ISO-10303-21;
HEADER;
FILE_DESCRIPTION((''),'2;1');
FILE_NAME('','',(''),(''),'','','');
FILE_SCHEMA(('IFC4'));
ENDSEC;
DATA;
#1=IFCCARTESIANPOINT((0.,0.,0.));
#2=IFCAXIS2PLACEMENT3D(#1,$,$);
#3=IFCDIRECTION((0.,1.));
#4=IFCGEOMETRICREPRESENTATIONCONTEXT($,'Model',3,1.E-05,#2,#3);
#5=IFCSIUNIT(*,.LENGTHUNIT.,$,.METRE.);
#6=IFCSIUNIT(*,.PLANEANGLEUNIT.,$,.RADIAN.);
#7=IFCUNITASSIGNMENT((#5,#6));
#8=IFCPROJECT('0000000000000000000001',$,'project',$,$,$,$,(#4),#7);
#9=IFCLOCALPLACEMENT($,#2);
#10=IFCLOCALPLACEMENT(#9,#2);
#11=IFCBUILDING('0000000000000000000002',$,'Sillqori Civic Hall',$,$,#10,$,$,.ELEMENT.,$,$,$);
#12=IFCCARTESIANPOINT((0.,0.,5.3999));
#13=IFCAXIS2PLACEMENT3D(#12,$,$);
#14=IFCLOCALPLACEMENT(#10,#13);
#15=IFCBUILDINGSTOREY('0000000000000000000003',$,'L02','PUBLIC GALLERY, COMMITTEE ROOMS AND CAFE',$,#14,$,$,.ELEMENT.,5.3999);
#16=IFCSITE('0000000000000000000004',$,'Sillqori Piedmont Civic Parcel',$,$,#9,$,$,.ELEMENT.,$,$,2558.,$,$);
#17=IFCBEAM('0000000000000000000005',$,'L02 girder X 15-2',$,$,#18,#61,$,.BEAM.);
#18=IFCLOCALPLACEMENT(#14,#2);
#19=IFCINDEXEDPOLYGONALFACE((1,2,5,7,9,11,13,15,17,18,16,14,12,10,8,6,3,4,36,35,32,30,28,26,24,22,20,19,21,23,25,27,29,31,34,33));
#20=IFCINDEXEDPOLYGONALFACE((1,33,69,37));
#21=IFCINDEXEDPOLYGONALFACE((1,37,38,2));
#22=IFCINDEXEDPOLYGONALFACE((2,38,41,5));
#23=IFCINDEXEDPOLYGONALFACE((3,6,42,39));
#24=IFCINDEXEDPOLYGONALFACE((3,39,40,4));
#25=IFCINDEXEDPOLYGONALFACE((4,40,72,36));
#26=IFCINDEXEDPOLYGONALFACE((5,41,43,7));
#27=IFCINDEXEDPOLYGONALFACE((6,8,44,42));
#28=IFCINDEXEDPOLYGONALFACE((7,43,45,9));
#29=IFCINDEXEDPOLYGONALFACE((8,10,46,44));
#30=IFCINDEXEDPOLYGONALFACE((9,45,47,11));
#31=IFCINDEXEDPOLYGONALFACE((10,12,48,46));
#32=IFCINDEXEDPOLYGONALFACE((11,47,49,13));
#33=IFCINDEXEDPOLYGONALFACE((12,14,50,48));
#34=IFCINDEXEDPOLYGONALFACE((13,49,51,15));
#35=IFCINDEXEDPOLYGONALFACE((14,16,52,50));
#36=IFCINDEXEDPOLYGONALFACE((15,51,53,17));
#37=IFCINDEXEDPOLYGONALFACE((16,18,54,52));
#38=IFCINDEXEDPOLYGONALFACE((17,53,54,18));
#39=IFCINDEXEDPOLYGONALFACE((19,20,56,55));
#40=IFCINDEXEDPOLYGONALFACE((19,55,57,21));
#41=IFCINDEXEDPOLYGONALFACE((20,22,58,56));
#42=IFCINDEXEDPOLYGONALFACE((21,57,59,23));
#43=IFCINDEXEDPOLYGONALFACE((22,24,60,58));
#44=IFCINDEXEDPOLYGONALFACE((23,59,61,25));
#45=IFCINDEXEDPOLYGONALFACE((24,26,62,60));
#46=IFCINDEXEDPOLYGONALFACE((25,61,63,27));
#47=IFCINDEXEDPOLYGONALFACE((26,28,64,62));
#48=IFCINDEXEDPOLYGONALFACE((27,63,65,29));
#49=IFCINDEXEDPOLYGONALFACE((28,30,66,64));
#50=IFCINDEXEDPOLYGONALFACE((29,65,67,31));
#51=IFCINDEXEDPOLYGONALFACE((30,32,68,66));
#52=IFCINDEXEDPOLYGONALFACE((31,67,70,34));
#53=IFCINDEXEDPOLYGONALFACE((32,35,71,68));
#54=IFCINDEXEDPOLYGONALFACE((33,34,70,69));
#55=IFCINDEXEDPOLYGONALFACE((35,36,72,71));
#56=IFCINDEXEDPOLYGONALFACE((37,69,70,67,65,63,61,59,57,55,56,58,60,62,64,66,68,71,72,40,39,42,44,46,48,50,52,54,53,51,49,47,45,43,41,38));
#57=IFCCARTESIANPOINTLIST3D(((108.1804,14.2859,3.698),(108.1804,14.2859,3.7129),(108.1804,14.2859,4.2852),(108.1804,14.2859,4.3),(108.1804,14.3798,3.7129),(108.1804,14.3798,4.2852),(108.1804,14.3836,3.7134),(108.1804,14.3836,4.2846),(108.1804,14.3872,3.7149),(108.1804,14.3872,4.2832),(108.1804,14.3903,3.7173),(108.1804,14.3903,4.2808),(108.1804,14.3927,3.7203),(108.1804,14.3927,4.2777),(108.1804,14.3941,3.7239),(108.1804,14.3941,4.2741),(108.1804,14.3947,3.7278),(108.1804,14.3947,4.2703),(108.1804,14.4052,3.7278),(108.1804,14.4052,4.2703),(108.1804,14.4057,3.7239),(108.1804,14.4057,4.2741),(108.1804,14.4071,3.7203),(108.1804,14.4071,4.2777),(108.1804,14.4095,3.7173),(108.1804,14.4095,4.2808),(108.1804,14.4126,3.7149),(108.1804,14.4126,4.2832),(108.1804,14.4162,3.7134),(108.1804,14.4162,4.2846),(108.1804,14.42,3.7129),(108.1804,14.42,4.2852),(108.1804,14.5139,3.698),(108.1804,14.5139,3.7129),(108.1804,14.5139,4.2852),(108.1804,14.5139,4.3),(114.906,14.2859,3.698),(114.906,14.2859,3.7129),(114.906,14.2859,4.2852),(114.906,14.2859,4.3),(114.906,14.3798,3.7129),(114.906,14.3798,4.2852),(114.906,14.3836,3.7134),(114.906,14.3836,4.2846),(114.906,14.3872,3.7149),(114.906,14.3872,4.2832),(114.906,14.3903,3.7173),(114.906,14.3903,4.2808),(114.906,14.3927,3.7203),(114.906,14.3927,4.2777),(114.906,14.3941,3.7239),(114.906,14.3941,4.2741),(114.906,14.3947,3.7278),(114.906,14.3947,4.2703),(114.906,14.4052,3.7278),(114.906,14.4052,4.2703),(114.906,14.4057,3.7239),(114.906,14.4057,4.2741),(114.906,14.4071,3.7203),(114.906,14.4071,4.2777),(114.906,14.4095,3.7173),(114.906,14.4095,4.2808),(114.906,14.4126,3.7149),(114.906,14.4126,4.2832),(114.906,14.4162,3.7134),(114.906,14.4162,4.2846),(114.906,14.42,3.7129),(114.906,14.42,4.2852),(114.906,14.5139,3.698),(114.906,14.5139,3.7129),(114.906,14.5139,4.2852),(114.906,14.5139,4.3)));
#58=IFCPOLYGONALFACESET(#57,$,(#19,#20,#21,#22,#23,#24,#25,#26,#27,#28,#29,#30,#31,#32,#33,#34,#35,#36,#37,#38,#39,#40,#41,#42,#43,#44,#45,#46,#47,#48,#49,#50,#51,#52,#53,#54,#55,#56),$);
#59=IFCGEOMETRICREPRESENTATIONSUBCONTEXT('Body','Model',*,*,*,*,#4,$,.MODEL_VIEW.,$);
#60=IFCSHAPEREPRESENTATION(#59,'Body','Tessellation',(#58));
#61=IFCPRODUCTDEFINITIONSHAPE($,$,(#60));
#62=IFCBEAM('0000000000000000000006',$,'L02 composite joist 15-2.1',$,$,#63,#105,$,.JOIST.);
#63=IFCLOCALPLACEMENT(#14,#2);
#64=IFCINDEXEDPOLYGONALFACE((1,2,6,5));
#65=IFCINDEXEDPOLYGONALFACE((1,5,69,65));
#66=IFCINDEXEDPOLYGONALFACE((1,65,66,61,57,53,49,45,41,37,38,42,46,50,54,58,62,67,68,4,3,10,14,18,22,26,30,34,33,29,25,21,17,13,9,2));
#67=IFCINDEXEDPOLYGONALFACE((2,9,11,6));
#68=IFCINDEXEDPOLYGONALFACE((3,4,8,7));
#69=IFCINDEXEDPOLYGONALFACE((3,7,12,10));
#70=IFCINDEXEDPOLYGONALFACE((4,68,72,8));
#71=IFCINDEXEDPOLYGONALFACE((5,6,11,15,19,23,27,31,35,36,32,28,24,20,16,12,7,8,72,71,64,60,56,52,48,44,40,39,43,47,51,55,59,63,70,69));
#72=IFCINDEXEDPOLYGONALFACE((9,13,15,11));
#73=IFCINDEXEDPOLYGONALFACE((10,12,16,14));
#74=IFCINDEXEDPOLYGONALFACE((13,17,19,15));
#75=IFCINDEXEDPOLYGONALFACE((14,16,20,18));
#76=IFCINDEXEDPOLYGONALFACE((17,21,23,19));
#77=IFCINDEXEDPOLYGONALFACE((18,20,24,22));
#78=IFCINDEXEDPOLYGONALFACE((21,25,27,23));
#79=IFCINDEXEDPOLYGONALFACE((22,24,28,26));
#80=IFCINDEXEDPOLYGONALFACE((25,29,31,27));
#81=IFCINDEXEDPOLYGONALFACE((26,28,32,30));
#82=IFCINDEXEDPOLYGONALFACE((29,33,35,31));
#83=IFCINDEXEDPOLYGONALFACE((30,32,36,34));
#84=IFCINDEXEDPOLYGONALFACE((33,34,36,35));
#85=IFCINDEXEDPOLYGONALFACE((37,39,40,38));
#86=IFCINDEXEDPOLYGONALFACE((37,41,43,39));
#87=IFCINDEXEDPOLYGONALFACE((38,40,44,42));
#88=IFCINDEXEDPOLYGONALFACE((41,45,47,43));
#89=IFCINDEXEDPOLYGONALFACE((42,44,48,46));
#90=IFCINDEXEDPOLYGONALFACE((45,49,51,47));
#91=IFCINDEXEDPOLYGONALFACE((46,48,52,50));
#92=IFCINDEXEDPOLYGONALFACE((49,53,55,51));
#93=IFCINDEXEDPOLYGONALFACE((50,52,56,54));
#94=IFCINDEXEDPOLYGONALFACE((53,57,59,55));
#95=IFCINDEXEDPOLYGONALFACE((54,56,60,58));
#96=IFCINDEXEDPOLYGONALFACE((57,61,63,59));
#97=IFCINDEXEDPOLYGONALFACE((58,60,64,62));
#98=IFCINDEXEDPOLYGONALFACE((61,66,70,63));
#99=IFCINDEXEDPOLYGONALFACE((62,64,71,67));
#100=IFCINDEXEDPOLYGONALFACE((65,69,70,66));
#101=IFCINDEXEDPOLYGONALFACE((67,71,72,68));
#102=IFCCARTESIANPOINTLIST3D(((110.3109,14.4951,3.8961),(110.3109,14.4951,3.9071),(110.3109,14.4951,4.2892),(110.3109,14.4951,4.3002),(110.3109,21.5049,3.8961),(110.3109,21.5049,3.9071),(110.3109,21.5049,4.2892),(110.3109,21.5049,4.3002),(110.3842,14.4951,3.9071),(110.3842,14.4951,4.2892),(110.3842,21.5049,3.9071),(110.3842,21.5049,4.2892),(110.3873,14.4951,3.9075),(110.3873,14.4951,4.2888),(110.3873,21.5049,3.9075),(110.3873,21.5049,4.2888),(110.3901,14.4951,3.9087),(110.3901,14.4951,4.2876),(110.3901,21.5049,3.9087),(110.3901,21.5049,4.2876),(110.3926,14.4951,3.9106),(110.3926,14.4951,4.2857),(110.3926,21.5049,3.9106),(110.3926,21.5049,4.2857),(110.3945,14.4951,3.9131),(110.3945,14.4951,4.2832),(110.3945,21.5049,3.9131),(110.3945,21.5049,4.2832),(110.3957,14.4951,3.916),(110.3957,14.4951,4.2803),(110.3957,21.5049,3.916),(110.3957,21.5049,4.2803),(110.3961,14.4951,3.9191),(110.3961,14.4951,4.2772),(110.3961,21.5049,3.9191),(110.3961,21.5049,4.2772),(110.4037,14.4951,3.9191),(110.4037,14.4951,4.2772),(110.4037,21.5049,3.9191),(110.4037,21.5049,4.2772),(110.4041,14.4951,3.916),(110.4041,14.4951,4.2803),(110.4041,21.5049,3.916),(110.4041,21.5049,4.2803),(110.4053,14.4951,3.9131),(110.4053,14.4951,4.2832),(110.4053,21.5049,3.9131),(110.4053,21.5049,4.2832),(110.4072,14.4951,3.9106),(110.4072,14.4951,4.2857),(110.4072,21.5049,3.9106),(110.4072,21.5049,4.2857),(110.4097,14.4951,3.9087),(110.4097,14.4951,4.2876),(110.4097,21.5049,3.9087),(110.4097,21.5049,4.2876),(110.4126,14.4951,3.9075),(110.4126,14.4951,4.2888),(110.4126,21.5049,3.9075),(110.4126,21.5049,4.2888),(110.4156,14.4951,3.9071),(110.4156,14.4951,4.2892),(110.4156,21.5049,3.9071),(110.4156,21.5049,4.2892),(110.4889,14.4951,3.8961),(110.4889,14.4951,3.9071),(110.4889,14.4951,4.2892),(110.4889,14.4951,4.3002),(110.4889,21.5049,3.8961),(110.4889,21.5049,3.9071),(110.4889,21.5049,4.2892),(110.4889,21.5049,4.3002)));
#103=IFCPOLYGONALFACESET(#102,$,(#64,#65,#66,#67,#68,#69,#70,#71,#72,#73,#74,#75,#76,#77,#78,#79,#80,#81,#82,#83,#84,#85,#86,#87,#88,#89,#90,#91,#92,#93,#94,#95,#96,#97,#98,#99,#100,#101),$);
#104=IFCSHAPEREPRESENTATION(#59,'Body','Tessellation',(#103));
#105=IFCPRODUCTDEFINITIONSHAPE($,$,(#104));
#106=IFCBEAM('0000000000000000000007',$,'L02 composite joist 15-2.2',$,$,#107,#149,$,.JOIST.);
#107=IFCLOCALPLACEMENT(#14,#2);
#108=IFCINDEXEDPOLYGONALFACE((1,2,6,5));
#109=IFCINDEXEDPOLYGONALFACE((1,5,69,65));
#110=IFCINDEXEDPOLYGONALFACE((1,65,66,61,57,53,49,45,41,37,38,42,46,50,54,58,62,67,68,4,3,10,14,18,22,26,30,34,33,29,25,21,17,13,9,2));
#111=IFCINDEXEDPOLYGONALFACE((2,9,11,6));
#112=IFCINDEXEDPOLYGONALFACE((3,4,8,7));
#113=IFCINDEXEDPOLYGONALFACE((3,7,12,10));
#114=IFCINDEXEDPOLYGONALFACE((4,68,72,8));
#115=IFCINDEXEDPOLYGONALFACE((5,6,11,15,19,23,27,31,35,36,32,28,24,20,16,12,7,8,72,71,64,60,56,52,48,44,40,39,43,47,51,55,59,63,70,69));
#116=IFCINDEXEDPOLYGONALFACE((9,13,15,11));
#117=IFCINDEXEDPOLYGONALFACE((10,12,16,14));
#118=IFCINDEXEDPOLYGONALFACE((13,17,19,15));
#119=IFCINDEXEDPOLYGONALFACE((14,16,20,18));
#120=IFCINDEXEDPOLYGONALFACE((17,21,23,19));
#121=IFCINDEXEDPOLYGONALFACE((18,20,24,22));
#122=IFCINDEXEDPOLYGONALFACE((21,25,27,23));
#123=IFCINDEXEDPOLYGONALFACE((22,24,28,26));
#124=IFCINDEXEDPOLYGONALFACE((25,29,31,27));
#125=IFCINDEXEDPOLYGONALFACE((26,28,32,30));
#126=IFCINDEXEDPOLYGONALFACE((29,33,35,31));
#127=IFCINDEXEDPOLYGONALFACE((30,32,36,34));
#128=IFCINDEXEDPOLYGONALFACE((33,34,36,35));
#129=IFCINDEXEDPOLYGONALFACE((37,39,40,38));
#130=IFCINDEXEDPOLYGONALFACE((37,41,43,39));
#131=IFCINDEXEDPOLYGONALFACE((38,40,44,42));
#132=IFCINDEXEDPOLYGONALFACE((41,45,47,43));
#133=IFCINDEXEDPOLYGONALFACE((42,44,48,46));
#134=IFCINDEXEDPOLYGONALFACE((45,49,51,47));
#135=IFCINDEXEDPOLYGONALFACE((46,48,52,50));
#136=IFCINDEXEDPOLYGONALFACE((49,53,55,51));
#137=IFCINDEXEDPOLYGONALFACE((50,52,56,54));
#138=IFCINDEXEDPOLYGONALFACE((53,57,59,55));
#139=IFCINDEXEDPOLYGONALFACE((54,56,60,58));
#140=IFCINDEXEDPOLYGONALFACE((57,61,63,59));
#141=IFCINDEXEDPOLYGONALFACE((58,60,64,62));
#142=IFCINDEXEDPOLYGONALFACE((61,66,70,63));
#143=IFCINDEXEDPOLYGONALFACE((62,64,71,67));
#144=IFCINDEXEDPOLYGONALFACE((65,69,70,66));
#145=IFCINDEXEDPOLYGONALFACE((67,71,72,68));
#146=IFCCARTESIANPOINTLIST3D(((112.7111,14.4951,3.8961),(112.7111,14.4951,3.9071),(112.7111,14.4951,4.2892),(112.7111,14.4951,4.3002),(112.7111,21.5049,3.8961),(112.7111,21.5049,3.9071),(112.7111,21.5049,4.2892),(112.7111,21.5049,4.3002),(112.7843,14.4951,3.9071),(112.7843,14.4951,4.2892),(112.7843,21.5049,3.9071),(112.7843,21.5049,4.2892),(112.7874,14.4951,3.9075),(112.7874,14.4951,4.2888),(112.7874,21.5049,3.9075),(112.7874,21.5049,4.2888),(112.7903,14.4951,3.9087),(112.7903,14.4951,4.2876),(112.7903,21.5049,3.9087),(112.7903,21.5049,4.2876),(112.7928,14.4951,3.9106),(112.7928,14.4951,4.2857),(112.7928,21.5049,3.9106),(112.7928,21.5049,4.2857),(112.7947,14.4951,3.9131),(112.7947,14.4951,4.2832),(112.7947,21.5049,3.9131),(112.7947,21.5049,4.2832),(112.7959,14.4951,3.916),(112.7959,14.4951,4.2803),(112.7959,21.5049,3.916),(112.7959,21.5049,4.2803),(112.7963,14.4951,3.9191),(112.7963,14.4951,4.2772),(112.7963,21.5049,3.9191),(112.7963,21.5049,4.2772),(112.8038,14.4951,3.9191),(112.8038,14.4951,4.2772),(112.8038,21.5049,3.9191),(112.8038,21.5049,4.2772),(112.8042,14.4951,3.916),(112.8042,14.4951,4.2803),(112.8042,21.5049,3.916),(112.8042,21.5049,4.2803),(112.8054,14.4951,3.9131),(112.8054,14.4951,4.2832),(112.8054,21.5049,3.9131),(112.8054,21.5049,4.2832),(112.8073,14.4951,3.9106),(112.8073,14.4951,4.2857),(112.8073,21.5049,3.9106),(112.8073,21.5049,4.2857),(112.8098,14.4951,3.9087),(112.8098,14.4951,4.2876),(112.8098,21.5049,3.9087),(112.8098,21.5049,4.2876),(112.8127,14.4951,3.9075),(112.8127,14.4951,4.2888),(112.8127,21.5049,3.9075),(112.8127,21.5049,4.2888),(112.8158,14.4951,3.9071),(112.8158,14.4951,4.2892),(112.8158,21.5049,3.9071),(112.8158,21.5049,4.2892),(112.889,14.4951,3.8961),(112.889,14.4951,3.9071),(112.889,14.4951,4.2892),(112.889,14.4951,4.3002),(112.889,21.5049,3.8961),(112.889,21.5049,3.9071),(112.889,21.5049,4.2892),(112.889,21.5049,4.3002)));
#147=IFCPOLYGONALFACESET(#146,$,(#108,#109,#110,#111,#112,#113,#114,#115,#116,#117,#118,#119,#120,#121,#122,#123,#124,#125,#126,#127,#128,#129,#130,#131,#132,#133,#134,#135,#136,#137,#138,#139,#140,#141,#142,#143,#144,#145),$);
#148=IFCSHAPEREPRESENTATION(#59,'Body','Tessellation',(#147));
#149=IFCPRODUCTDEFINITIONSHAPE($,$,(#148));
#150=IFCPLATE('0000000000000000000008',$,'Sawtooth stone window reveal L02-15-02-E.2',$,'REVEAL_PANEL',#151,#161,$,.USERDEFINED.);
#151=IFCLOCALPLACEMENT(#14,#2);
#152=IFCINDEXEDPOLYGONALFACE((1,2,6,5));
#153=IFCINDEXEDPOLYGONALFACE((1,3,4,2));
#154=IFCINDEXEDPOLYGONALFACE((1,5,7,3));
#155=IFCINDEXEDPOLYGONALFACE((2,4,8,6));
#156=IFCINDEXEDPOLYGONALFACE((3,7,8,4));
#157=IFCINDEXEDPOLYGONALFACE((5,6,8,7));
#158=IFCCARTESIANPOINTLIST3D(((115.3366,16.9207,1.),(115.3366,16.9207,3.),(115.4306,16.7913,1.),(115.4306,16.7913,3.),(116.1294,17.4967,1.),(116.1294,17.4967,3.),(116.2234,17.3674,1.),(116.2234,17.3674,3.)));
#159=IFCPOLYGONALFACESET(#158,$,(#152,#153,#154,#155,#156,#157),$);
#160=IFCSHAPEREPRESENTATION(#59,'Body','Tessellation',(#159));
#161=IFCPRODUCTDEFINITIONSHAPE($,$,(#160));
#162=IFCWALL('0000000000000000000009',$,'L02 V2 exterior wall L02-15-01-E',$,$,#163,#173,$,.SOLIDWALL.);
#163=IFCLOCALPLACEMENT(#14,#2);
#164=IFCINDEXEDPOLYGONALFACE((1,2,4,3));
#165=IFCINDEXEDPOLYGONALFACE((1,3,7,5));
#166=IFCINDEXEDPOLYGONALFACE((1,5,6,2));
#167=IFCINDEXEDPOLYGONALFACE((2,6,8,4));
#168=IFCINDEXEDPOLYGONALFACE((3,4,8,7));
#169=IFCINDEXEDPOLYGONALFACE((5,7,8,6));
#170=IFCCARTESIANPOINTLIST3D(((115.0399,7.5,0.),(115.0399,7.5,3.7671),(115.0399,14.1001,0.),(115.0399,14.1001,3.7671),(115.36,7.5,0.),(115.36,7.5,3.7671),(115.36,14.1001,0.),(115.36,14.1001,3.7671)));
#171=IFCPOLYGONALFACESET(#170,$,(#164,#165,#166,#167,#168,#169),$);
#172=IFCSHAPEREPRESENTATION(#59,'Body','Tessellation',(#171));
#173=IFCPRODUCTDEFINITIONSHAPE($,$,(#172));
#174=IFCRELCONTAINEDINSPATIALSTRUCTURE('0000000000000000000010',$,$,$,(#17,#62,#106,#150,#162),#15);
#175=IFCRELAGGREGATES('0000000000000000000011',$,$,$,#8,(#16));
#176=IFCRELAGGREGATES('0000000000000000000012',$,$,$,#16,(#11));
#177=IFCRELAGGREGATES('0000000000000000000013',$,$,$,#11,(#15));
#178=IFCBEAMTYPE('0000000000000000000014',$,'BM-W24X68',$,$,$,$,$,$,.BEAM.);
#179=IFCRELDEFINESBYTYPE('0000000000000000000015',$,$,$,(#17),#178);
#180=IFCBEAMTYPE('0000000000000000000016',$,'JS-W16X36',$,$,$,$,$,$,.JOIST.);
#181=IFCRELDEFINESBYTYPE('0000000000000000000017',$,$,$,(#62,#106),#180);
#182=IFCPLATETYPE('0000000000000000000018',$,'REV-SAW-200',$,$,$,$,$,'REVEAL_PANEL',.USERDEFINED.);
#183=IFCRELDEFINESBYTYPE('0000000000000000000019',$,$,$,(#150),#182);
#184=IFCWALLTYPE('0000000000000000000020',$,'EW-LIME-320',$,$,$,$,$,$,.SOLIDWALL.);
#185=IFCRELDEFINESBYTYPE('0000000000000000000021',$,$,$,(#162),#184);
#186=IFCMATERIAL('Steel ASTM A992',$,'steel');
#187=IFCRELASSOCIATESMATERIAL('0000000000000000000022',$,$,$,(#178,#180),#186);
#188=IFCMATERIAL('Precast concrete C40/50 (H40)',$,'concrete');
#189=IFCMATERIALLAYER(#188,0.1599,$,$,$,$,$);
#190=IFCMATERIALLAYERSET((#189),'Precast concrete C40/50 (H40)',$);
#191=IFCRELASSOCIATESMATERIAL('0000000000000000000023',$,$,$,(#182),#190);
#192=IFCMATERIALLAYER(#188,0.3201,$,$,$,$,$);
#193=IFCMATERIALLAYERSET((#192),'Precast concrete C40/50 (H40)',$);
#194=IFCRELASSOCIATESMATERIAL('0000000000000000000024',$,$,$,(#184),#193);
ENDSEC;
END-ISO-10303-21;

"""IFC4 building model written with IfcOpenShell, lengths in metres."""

from ifc_helpers import new_model, si_unit, direction, frame, frame_2d, origin, origin_2d, place, context, subcontext, project, spatial, rectangle, i_section, extrude, material, layer, layer_set, material_profile, profile_set, type_object, element, save


model = new_model("IFC4")

# Units and contexts
model_context = context("Model", 3, precision=1e-05, world=origin(), true_north=direction((0.0, 1.0)))
body_context = subcontext(model_context, "Body", "Model", "MODEL_VIEW")
ifc_project = project(units=[si_unit("LENGTHUNIT", "METRE"), si_unit("PLANEANGLEUNIT", "RADIAN")], contexts=[model_context])

# Site, building, storey
site_placement = place(None, origin())
site = spatial("IfcSite", under=ifc_project, at=site_placement, Name="Sillqori Piedmont Civic Parcel", CompositionType="ELEMENT", RefElevation=2558.0)
building_placement = place(site_placement, origin())
building = spatial("IfcBuilding", under=site, at=building_placement, Name="Sillqori Civic Hall", CompositionType="ELEMENT")
storey_placement = place(building_placement, frame((0.0, 0.0, 5.3999)))
storey = spatial("IfcBuildingStorey", under=building, at=storey_placement, Name="L02", Description="PUBLIC GALLERY, COMMITTEE ROOMS AND CAFE", CompositionType="ELEMENT", Elevation=5.3999)

# Shared definitions
ifc_material_1 = material(Name="Steel ASTM A992", Category="steel")

# Beams
ifc_material_profile_1 = material_profile(ifc_material_1, i_section(OverallWidth=0.228, OverallDepth=0.6021, WebThickness=0.0105, FlangeThickness=0.0149, FilletRadius=0.0149, at=origin_2d()), Name="W24X68")
ifc_profile_set_1 = profile_set([ifc_material_profile_1], Name="Steel ASTM A992")
beam_type_1 = type_object("IfcBeamType", Name="BM-W24X68", PredefinedType="BEAM", material=ifc_profile_set_1)
beam_1_placement = place(storey_placement, frame((108.1804, 14.3999, 3.999), z_axis=(1.0, 0.0, 0.0), x_axis=(0.0, 1.0, 0.0)))
element("IfcBeam", 1, at=beam_1_placement, inside=storey, type_object=beam_type_1, Name="L02 girder X 15-2", PredefinedType="BEAM", context=body_context, shape_type="SweptSolid", body=[
    extrude(i_section(OverallWidth=0.228, OverallDepth=0.6021, WebThickness=0.0105, FlangeThickness=0.0149, FilletRadius=0.0149, at=origin_2d()), origin(), (0.0, 0.0, 1.0), 6.7256),
])
ifc_material_profile_2 = material_profile(ifc_material_1, i_section(OverallWidth=0.178, OverallDepth=0.4041, WebThickness=0.0076, FlangeThickness=0.011, FilletRadius=0.012, at=origin_2d()), Name="W16X36")
ifc_profile_set_2 = profile_set([ifc_material_profile_2], Name="Steel ASTM A992")
beam_type_2 = type_object("IfcBeamType", Name="JS-W16X36", PredefinedType="JOIST", material=ifc_profile_set_2)
for number, where, z_axis, x_axis, name in (
    (2, (110.3999, 14.4951, 4.0981), (0.0, 1.0, 0.0), (-1.0, 0.0, 0.0), "L02 composite joist 15-2.1"),
    (3, (112.8, 14.4951, 4.0981), (0.0, 1.0, 0.0), (-1.0, 0.0, 0.0), "L02 composite joist 15-2.2"),
):
    element("IfcBeam", number, at=place(storey_placement, frame(where, z_axis=z_axis, x_axis=x_axis)), inside=storey, type_object=beam_type_2, Name=name, PredefinedType="JOIST", context=body_context, shape_type="SweptSolid", body=[
        extrude(i_section(OverallWidth=0.178, OverallDepth=0.4041, WebThickness=0.0076, FlangeThickness=0.011, FilletRadius=0.012, at=origin_2d()), origin(), (0.0, 0.0, 1.0), 7.0098),
    ])

# Plate
ifc_material_2 = material(Name="Precast concrete C40/50 (H40)", Category="concrete")
ifc_layer_1 = layer(ifc_material_2, 0.1599)
ifc_layer_set_1 = layer_set([ifc_layer_1], Name="Precast concrete C40/50 (H40)")
plate_type = type_object("IfcPlateType", Name="REV-SAW-200", ElementType="REVEAL_PANEL", PredefinedType="USERDEFINED", material=ifc_layer_set_1)
plate_placement = place(storey_placement, frame((115.78, 17.144, 1.0), z_axis=(0.0, 0.0, 1.0), x_axis=(0.587785, -0.809017, 0.0)))
element("IfcPlate", 4, at=plate_placement, inside=storey, type_object=plate_type, Name="Sawtooth stone window reveal L02-15-02-E.2", ObjectType="REVEAL_PANEL", PredefinedType="USERDEFINED", context=body_context, shape_type="SweptSolid", body=[
    extrude(rectangle(XDim=0.1599, YDim=0.98, at=origin_2d()), origin(), (0.0, 0.0, 1.0), 2.0),
])

# Wall
ifc_layer_2 = layer(ifc_material_2, 0.3201)
ifc_layer_set_2 = layer_set([ifc_layer_2], Name="Precast concrete C40/50 (H40)")
wall_type_1 = type_object("IfcWallType", Name="EW-LIME-320", PredefinedType="SOLIDWALL", material=ifc_layer_set_2)
wall_1_placement = place(storey_placement, frame((115.2, 14.1001, 0.0), z_axis=(0.0, 0.0, 1.0), x_axis=(0.0, -1.0, 0.0)))
element("IfcWall", 5, at=wall_1_placement, inside=storey, type_object=wall_type_1, Name="L02 V2 exterior wall L02-15-01-E", PredefinedType="SOLIDWALL", context=body_context, shape_type="SweptSolid", body=[
    extrude(rectangle(XDim=6.6001, YDim=0.3201, at=frame_2d((3.3, 0.0))), origin(), (0.0, 0.0, 1.0), 3.7671),
])

save(model, "model.ifc")
